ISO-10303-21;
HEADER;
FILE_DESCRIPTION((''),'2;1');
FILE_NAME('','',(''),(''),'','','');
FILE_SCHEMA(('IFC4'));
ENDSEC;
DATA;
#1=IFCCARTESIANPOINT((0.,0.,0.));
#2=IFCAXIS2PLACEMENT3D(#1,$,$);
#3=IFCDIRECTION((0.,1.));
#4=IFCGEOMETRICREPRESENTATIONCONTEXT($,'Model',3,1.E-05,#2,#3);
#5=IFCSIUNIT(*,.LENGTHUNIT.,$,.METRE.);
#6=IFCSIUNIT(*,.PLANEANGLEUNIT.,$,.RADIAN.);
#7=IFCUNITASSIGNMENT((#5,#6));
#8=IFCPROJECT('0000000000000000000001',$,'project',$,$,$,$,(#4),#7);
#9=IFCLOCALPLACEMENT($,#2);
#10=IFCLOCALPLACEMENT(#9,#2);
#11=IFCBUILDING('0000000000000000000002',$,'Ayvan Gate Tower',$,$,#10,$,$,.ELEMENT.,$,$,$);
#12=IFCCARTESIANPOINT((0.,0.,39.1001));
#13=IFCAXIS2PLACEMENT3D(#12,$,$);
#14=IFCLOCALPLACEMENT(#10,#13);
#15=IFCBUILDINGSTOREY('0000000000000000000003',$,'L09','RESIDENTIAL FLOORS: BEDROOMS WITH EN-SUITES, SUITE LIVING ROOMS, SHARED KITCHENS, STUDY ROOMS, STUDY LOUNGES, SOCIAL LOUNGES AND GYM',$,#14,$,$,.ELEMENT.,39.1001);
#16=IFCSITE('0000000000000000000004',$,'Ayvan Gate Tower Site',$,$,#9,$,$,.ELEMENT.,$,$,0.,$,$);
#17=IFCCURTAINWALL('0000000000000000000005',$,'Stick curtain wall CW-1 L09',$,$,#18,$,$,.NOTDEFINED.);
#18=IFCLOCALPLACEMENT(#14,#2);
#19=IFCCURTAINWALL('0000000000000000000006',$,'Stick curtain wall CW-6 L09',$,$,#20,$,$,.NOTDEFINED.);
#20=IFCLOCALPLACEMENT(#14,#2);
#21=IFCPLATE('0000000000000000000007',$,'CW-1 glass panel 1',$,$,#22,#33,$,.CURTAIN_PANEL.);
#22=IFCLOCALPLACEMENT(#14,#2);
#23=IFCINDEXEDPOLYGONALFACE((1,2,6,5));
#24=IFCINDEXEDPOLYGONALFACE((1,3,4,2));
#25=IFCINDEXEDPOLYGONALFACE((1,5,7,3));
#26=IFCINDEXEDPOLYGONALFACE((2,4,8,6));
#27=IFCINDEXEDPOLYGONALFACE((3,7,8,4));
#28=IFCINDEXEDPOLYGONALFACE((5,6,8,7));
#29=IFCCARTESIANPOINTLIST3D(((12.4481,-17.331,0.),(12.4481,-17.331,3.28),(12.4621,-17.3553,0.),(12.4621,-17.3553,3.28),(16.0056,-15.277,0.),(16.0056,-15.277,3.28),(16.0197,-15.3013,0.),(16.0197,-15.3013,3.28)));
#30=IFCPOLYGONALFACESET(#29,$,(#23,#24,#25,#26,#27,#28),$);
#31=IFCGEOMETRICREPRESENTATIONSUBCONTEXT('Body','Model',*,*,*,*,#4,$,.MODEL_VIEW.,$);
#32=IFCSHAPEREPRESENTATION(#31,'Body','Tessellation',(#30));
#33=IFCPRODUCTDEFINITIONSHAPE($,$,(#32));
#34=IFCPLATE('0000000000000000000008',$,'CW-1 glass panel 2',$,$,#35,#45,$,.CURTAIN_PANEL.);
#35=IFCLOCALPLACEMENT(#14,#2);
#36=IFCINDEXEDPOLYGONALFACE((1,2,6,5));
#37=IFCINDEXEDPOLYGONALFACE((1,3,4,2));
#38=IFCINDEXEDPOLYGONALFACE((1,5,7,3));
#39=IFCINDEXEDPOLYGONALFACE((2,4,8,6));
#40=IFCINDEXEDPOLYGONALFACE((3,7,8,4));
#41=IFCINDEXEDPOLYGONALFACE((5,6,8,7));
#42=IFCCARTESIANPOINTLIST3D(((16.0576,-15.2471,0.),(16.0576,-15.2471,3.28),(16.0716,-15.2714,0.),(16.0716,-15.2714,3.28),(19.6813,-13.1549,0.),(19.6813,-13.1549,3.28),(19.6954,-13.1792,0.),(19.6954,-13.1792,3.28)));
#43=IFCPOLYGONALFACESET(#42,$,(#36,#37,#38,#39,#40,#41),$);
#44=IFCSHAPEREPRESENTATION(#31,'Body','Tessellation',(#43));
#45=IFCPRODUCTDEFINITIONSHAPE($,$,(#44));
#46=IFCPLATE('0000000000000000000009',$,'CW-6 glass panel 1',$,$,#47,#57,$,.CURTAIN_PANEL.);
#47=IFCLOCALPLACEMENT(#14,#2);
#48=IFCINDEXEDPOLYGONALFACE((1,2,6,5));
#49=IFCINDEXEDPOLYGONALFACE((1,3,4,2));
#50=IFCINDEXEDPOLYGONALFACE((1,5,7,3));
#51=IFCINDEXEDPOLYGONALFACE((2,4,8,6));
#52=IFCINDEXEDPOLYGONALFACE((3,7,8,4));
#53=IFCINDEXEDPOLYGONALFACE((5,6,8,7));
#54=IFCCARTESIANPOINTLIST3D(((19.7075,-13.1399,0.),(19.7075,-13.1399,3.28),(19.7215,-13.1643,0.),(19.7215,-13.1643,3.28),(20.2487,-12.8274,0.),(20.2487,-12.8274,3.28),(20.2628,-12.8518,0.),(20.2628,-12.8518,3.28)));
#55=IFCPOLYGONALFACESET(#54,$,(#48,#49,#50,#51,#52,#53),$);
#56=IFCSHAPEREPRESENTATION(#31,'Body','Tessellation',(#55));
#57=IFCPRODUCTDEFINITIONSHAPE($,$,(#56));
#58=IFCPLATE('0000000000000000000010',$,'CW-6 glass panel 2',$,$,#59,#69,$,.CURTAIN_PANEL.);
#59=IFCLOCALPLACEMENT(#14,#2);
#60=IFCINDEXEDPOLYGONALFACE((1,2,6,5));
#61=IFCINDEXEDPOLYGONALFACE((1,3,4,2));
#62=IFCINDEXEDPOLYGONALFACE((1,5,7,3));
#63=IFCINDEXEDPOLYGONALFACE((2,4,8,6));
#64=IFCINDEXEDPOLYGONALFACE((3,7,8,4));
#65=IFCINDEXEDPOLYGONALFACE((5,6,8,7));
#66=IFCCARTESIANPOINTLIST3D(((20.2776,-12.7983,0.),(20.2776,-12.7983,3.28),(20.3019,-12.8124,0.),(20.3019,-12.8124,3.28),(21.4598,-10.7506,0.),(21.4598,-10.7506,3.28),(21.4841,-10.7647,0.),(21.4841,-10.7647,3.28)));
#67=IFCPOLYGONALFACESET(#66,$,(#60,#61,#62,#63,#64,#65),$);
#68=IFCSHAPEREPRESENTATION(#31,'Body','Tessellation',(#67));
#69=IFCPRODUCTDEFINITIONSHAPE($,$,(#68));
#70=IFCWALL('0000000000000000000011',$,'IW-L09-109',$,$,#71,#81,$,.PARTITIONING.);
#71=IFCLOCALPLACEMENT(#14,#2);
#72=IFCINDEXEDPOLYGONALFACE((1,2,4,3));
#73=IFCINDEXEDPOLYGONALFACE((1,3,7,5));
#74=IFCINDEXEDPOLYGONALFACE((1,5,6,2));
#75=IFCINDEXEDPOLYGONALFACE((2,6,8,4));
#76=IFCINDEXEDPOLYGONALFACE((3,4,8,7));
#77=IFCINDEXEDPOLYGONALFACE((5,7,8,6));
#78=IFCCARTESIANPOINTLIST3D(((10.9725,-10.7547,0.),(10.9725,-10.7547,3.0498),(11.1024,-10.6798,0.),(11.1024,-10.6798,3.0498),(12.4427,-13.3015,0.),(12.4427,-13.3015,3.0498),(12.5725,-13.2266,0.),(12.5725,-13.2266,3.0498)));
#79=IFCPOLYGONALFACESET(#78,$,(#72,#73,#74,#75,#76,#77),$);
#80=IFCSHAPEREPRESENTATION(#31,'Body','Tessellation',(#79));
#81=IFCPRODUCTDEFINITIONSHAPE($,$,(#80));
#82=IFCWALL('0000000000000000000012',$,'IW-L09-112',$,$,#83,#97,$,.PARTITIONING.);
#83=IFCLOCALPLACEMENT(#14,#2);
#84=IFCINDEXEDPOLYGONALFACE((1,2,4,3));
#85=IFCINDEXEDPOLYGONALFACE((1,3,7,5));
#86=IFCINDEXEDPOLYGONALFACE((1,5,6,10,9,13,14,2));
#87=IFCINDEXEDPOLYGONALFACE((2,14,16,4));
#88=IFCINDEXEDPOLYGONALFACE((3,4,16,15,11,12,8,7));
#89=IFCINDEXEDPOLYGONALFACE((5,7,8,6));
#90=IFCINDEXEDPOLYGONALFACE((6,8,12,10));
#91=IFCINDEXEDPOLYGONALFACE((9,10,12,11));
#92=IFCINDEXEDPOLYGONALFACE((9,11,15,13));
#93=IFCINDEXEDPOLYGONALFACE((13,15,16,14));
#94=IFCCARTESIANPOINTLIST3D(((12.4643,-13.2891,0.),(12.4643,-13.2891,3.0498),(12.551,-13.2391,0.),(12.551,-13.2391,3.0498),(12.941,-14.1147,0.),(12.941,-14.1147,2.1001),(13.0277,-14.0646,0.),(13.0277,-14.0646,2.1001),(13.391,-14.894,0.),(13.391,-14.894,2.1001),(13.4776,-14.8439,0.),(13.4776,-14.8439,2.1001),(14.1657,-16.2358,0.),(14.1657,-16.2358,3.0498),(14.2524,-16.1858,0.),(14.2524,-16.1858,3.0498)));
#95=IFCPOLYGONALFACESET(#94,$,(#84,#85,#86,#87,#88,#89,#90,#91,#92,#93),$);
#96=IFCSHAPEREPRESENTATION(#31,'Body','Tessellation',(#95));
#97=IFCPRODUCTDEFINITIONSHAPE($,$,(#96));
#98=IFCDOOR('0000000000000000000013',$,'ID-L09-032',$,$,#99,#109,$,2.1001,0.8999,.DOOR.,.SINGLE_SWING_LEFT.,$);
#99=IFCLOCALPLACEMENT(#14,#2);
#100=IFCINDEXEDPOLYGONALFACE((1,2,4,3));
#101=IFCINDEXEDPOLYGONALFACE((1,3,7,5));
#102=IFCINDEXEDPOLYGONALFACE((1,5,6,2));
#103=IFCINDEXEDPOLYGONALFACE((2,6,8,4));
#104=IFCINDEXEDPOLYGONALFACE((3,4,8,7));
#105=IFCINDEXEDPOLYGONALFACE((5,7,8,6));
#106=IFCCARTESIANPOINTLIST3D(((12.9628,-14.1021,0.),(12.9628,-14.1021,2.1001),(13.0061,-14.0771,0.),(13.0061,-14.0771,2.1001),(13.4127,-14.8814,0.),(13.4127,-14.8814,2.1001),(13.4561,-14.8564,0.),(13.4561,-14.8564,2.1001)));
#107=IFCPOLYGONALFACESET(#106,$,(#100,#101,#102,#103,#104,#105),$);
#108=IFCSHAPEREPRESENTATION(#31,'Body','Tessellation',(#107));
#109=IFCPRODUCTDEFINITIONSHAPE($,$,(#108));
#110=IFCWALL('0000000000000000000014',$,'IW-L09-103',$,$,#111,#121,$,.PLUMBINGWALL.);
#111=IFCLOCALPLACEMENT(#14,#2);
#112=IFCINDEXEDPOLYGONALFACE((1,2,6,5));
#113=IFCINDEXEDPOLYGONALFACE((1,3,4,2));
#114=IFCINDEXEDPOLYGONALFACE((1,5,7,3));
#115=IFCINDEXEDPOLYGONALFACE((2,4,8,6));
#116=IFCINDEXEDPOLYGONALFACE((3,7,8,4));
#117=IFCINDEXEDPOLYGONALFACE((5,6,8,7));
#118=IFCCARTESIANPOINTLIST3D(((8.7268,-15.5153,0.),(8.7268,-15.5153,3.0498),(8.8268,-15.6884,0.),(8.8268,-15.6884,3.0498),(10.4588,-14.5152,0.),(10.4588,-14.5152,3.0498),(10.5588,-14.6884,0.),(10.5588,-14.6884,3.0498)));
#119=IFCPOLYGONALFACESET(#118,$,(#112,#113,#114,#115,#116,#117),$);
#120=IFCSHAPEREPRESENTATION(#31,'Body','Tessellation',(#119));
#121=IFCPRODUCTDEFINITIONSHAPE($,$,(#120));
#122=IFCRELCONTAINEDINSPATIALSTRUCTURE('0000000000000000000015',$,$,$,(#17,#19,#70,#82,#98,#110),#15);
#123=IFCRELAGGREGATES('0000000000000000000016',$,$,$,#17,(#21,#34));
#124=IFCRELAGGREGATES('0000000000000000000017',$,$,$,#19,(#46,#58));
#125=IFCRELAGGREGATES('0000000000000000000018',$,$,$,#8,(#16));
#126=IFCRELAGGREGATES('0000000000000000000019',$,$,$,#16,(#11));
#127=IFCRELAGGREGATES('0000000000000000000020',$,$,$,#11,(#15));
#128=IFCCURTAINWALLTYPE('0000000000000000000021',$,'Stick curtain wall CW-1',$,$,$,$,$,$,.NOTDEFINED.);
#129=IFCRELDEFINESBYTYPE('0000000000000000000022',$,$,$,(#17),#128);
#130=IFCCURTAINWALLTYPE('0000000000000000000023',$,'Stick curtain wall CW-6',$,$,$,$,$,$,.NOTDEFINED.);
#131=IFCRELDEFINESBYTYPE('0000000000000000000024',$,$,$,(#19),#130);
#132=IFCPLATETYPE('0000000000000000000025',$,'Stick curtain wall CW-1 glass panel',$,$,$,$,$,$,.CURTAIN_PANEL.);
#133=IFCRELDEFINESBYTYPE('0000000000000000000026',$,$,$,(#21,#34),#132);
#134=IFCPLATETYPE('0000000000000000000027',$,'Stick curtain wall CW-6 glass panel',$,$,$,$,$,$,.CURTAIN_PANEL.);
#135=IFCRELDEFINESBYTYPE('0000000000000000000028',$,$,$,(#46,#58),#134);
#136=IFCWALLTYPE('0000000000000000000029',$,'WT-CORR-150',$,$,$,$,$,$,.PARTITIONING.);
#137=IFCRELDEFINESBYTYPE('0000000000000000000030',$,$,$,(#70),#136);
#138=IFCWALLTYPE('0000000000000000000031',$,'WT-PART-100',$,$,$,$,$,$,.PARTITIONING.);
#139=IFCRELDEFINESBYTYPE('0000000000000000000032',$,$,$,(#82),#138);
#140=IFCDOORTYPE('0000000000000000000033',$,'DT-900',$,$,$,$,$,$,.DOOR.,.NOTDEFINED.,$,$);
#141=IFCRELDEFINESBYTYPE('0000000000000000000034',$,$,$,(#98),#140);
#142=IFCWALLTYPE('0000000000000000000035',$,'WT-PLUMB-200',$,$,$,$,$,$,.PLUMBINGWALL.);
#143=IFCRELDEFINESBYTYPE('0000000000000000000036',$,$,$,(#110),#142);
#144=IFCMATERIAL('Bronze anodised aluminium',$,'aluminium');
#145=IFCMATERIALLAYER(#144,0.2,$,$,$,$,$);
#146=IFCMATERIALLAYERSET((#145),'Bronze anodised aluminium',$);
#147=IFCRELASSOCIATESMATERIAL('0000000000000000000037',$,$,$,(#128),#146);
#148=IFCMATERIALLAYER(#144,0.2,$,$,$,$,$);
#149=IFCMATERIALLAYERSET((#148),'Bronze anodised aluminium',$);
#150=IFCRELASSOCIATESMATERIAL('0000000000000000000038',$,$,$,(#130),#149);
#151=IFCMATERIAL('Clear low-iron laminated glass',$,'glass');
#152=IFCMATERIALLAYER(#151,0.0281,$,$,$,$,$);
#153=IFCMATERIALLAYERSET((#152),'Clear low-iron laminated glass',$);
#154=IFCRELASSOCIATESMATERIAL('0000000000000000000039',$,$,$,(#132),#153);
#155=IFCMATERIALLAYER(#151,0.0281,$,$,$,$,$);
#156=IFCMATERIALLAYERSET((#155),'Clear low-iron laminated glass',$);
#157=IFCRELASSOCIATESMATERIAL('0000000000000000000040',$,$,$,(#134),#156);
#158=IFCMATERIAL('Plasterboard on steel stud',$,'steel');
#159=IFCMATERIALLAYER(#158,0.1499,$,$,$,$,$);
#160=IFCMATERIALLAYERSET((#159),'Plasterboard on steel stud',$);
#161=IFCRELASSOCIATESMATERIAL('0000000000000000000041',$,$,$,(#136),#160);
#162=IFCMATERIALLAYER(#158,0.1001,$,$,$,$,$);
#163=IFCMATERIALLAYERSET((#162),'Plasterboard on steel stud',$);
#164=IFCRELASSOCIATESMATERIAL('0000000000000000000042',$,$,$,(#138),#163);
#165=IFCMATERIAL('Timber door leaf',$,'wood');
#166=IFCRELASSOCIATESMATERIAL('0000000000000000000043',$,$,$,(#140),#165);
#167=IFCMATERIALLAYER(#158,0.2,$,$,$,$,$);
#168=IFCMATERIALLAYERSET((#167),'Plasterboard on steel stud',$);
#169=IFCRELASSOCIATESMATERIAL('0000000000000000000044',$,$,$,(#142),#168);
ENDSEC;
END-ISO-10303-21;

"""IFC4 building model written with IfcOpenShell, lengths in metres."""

from ifc_helpers import new_model, si_unit, direction, frame, frame_2d, origin, origin_2d, place, context, subcontext, project, spatial, rectangle, extrude, material, layer, layer_set, type_object, element, fill, aggregate, save


model = new_model("IFC4")

# Units and contexts
model_context = context("Model", 3, precision=1e-05, world=origin(), true_north=direction((0.0, 1.0)))
body_context = subcontext(model_context, "Body", "Model", "MODEL_VIEW")
ifc_project = project(units=[si_unit("LENGTHUNIT", "METRE"), si_unit("PLANEANGLEUNIT", "RADIAN")], contexts=[model_context])

# Site, building, storey
site_placement = place(None, origin())
site = spatial("IfcSite", under=ifc_project, at=site_placement, Name="Ayvan Gate Tower Site", CompositionType="ELEMENT", RefElevation=0.0)
building_placement = place(site_placement, origin())
building = spatial("IfcBuilding", under=site, at=building_placement, Name="Ayvan Gate Tower", CompositionType="ELEMENT")
storey_placement = place(building_placement, frame((0.0, 0.0, 39.1001)))
storey = spatial("IfcBuildingStorey", under=building, at=storey_placement, Name="L09", Description="RESIDENTIAL FLOORS: BEDROOMS WITH EN-SUITES, SUITE LIVING ROOMS, SHARED KITCHENS, STUDY ROOMS, STUDY LOUNGES, SOCIAL LOUNGES AND GYM", CompositionType="ELEMENT", Elevation=39.1001)

# Shared definitions
ifc_material_1 = material(Name="Bronze anodised aluminium", Category="aluminium")
ifc_layer_1 = layer(ifc_material_1, 0.2)
ifc_layer_set_1 = layer_set([ifc_layer_1], Name="Bronze anodised aluminium")
curtain_wall_type_1 = type_object("IfcCurtainWallType", Name="Stick curtain wall CW-1", PredefinedType="NOTDEFINED", material=ifc_layer_set_1)

# Curtain walls
curtain_wall_1_placement = place(storey_placement, origin())
curtain_wall_1 = element("IfcCurtainWall", 1, at=curtain_wall_1_placement, inside=storey, type_object=curtain_wall_type_1, Name="Stick curtain wall CW-1 L09", PredefinedType="NOTDEFINED")
ifc_layer_2 = layer(ifc_material_1, 0.2)
ifc_layer_set_2 = layer_set([ifc_layer_2], Name="Bronze anodised aluminium")
curtain_wall_type_2 = type_object("IfcCurtainWallType", Name="Stick curtain wall CW-6", PredefinedType="NOTDEFINED", material=ifc_layer_set_2)
curtain_wall_2_placement = place(storey_placement, origin())
curtain_wall_2 = element("IfcCurtainWall", 2, at=curtain_wall_2_placement, inside=storey, type_object=curtain_wall_type_2, Name="Stick curtain wall CW-6 L09", PredefinedType="NOTDEFINED")

# Plates
ifc_material_2 = material(Name="Clear low-iron laminated glass", Category="glass")
ifc_layer_3 = layer(ifc_material_2, 0.0281)
ifc_layer_set_3 = layer_set([ifc_layer_3], Name="Clear low-iron laminated glass")
plate_type_1 = type_object("IfcPlateType", Name="Stick curtain wall CW-1 glass panel", PredefinedType="CURTAIN_PANEL", material=ifc_layer_set_3)
plate_1_placement = place(storey_placement, frame((14.2339, -16.3162, 0.0), z_axis=(0.0, 0.0, 1.0), x_axis=(0.866025, 0.5, 0.0)))
plate_1 = element("IfcPlate", 3, at=plate_1_placement, type_object=plate_type_1, Name="CW-1 glass panel 1", PredefinedType="CURTAIN_PANEL", context=body_context, shape_type="SweptSolid", body=[
    extrude(rectangle(XDim=4.1079, YDim=0.0281, at=origin_2d()), origin(), (0.0, 0.0, 1.0), 3.28),
])
plate_2_placement = place(storey_placement, frame((17.8765, -14.2131, 0.0), z_axis=(0.0, 0.0, 1.0), x_axis=(0.866025, 0.5, 0.0)))
plate_2 = element("IfcPlate", 4, at=plate_2_placement, type_object=plate_type_1, Name="CW-1 glass panel 2", PredefinedType="CURTAIN_PANEL", context=body_context, shape_type="SweptSolid", body=[
    extrude(rectangle(XDim=4.1843, YDim=0.0281, at=origin_2d()), origin(), (0.0, 0.0, 1.0), 3.28),
])
aggregate(curtain_wall_1, [plate_1, plate_2])
ifc_layer_4 = layer(ifc_material_2, 0.0281)
ifc_layer_set_4 = layer_set([ifc_layer_4], Name="Clear low-iron laminated glass")
plate_type_2 = type_object("IfcPlateType", Name="Stick curtain wall CW-6 glass panel", PredefinedType="CURTAIN_PANEL", material=ifc_layer_set_4)
plate_3_placement = place(storey_placement, frame((19.9851, -12.9958, 0.0), z_axis=(0.0, 0.0, 1.0), x_axis=(0.866025, 0.5, 0.0)))
plate_3 = element("IfcPlate", 5, at=plate_3_placement, type_object=plate_type_2, Name="CW-6 glass panel 1", PredefinedType="CURTAIN_PANEL", context=body_context, shape_type="SweptSolid", body=[
    extrude(rectangle(XDim=0.625, YDim=0.0281, at=origin_2d()), origin(), (0.0, 0.0, 1.0), 3.28),
])
plate_4_placement = place(storey_placement, frame((20.8809, -11.7815, 0.0), z_axis=(0.0, 0.0, 1.0), x_axis=(0.5, 0.866025, 0.0)))
plate_4 = element("IfcPlate", 6, at=plate_4_placement, type_object=plate_type_2, Name="CW-6 glass panel 2", PredefinedType="CURTAIN_PANEL", context=body_context, shape_type="SweptSolid", body=[
    extrude(rectangle(XDim=2.3645, YDim=0.0281, at=origin_2d()), origin(), (0.0, 0.0, 1.0), 3.28),
])
aggregate(curtain_wall_2, [plate_3, plate_4])

# Wall
ifc_material_3 = material(Name="Plasterboard on steel stud", Category="steel")
ifc_layer_5 = layer(ifc_material_3, 0.1499)
ifc_layer_set_5 = layer_set([ifc_layer_5], Name="Plasterboard on steel stud")
wall_type_1 = type_object("IfcWallType", Name="WT-CORR-150", PredefinedType="PARTITIONING", material=ifc_layer_set_5)
wall_1_placement = place(storey_placement, frame((12.5076, -13.2639, 0.0), z_axis=(0.0, 0.0, 1.0), x_axis=(-0.499943, 0.866058, 0.0)))
element("IfcWall", 7, at=wall_1_placement, inside=storey, type_object=wall_type_1, Name="IW-L09-109", PredefinedType="PARTITIONING", context=body_context, shape_type="SweptSolid", body=[
    extrude(rectangle(XDim=2.9407, YDim=0.1499, at=frame_2d((1.4702, 0.0))), origin(), (0.0, 0.0, 1.0), 3.0498),
])

# Wall, opening, door
ifc_layer_6 = layer(ifc_material_3, 0.1001)
ifc_layer_set_6 = layer_set([ifc_layer_6], Name="Plasterboard on steel stud")
wall_type_2 = type_object("IfcWallType", Name="WT-PART-100", PredefinedType="PARTITIONING", material=ifc_layer_set_6)
wall_2_placement = place(storey_placement, frame((14.209, -16.2107, 0.0), z_axis=(0.0, 0.0, 1.0), x_axis=(-0.500021, 0.866014, 0.0)))
wall_2 = element("IfcWall", 8, at=wall_2_placement, inside=storey, type_object=wall_type_2, Name="IW-L09-112", PredefinedType="PARTITIONING", context=body_context, shape_type="SweptSolid", body=[
    extrude(rectangle(XDim=3.4026, YDim=0.1001, at=frame_2d((1.7012, 0.0))), origin(), (0.0, 0.0, 1.0), 3.0498),
])
opening_1_placement = place(wall_2_placement, frame((1.5493, 0.0, 0.0)))
opening_1 = element("IfcOpeningElement", 9, at=opening_1_placement, cuts=wall_2, PredefinedType="OPENING", context=body_context, shape_type="SweptSolid", body=[
    extrude(rectangle(XDim=0.8999, YDim=2.1001, at=frame_2d((0.45, 1.05))), frame((0.0, 0.0601, 0.0), z_axis=(0.0, -1.0, 0.0), x_axis=(1.0, 0.0, 0.0)), (0.0, 0.0, 1.0), 0.1201),
])
ifc_material_4 = material(Name="Timber door leaf", Category="wood")
door_type_1 = type_object("IfcDoorType", Name="DT-900", OperationType="NOTDEFINED", PredefinedType="DOOR", material=ifc_material_4)
door_1_placement = place(opening_1_placement, origin())
door_1 = element("IfcDoor", 10, at=door_1_placement, inside=storey, type_object=door_type_1, Name="ID-L09-032", OperationType="SINGLE_SWING_LEFT", OverallHeight=2.1001, OverallWidth=0.8999, PredefinedType="DOOR", context=body_context, shape_type="SweptSolid", body=[
    extrude(rectangle(XDim=0.8999, YDim=2.1001, at=frame_2d((0.45, 1.05))), frame((0.0, 0.0249, 0.0), z_axis=(0.0, -1.0, 0.0), x_axis=(1.0, 0.0, 0.0)), (0.0, 0.0, 1.0), 0.05),
])
fill(opening_1, door_1)

# Wall
ifc_layer_7 = layer(ifc_material_3, 0.2)
ifc_layer_set_7 = layer_set([ifc_layer_7], Name="Plasterboard on steel stud")
wall_type_3 = type_object("IfcWallType", Name="WT-PLUMB-200", PredefinedType="PLUMBINGWALL", material=ifc_layer_set_7)
wall_3_placement = place(storey_placement, frame((10.5088, -14.6018, 0.0), z_axis=(0.0, 0.0, 1.0), x_axis=(-0.866011, -0.500025, 0.0)))
element("IfcWall", 11, at=wall_3_placement, inside=storey, type_object=wall_type_3, Name="IW-L09-103", PredefinedType="PLUMBINGWALL", context=body_context, shape_type="SweptSolid", body=[
    extrude(rectangle(XDim=2.0, YDim=0.2, at=frame_2d((1.0, 0.0))), origin(), (0.0, 0.0, 1.0), 3.0498),
])

save(model, "model.ifc")
